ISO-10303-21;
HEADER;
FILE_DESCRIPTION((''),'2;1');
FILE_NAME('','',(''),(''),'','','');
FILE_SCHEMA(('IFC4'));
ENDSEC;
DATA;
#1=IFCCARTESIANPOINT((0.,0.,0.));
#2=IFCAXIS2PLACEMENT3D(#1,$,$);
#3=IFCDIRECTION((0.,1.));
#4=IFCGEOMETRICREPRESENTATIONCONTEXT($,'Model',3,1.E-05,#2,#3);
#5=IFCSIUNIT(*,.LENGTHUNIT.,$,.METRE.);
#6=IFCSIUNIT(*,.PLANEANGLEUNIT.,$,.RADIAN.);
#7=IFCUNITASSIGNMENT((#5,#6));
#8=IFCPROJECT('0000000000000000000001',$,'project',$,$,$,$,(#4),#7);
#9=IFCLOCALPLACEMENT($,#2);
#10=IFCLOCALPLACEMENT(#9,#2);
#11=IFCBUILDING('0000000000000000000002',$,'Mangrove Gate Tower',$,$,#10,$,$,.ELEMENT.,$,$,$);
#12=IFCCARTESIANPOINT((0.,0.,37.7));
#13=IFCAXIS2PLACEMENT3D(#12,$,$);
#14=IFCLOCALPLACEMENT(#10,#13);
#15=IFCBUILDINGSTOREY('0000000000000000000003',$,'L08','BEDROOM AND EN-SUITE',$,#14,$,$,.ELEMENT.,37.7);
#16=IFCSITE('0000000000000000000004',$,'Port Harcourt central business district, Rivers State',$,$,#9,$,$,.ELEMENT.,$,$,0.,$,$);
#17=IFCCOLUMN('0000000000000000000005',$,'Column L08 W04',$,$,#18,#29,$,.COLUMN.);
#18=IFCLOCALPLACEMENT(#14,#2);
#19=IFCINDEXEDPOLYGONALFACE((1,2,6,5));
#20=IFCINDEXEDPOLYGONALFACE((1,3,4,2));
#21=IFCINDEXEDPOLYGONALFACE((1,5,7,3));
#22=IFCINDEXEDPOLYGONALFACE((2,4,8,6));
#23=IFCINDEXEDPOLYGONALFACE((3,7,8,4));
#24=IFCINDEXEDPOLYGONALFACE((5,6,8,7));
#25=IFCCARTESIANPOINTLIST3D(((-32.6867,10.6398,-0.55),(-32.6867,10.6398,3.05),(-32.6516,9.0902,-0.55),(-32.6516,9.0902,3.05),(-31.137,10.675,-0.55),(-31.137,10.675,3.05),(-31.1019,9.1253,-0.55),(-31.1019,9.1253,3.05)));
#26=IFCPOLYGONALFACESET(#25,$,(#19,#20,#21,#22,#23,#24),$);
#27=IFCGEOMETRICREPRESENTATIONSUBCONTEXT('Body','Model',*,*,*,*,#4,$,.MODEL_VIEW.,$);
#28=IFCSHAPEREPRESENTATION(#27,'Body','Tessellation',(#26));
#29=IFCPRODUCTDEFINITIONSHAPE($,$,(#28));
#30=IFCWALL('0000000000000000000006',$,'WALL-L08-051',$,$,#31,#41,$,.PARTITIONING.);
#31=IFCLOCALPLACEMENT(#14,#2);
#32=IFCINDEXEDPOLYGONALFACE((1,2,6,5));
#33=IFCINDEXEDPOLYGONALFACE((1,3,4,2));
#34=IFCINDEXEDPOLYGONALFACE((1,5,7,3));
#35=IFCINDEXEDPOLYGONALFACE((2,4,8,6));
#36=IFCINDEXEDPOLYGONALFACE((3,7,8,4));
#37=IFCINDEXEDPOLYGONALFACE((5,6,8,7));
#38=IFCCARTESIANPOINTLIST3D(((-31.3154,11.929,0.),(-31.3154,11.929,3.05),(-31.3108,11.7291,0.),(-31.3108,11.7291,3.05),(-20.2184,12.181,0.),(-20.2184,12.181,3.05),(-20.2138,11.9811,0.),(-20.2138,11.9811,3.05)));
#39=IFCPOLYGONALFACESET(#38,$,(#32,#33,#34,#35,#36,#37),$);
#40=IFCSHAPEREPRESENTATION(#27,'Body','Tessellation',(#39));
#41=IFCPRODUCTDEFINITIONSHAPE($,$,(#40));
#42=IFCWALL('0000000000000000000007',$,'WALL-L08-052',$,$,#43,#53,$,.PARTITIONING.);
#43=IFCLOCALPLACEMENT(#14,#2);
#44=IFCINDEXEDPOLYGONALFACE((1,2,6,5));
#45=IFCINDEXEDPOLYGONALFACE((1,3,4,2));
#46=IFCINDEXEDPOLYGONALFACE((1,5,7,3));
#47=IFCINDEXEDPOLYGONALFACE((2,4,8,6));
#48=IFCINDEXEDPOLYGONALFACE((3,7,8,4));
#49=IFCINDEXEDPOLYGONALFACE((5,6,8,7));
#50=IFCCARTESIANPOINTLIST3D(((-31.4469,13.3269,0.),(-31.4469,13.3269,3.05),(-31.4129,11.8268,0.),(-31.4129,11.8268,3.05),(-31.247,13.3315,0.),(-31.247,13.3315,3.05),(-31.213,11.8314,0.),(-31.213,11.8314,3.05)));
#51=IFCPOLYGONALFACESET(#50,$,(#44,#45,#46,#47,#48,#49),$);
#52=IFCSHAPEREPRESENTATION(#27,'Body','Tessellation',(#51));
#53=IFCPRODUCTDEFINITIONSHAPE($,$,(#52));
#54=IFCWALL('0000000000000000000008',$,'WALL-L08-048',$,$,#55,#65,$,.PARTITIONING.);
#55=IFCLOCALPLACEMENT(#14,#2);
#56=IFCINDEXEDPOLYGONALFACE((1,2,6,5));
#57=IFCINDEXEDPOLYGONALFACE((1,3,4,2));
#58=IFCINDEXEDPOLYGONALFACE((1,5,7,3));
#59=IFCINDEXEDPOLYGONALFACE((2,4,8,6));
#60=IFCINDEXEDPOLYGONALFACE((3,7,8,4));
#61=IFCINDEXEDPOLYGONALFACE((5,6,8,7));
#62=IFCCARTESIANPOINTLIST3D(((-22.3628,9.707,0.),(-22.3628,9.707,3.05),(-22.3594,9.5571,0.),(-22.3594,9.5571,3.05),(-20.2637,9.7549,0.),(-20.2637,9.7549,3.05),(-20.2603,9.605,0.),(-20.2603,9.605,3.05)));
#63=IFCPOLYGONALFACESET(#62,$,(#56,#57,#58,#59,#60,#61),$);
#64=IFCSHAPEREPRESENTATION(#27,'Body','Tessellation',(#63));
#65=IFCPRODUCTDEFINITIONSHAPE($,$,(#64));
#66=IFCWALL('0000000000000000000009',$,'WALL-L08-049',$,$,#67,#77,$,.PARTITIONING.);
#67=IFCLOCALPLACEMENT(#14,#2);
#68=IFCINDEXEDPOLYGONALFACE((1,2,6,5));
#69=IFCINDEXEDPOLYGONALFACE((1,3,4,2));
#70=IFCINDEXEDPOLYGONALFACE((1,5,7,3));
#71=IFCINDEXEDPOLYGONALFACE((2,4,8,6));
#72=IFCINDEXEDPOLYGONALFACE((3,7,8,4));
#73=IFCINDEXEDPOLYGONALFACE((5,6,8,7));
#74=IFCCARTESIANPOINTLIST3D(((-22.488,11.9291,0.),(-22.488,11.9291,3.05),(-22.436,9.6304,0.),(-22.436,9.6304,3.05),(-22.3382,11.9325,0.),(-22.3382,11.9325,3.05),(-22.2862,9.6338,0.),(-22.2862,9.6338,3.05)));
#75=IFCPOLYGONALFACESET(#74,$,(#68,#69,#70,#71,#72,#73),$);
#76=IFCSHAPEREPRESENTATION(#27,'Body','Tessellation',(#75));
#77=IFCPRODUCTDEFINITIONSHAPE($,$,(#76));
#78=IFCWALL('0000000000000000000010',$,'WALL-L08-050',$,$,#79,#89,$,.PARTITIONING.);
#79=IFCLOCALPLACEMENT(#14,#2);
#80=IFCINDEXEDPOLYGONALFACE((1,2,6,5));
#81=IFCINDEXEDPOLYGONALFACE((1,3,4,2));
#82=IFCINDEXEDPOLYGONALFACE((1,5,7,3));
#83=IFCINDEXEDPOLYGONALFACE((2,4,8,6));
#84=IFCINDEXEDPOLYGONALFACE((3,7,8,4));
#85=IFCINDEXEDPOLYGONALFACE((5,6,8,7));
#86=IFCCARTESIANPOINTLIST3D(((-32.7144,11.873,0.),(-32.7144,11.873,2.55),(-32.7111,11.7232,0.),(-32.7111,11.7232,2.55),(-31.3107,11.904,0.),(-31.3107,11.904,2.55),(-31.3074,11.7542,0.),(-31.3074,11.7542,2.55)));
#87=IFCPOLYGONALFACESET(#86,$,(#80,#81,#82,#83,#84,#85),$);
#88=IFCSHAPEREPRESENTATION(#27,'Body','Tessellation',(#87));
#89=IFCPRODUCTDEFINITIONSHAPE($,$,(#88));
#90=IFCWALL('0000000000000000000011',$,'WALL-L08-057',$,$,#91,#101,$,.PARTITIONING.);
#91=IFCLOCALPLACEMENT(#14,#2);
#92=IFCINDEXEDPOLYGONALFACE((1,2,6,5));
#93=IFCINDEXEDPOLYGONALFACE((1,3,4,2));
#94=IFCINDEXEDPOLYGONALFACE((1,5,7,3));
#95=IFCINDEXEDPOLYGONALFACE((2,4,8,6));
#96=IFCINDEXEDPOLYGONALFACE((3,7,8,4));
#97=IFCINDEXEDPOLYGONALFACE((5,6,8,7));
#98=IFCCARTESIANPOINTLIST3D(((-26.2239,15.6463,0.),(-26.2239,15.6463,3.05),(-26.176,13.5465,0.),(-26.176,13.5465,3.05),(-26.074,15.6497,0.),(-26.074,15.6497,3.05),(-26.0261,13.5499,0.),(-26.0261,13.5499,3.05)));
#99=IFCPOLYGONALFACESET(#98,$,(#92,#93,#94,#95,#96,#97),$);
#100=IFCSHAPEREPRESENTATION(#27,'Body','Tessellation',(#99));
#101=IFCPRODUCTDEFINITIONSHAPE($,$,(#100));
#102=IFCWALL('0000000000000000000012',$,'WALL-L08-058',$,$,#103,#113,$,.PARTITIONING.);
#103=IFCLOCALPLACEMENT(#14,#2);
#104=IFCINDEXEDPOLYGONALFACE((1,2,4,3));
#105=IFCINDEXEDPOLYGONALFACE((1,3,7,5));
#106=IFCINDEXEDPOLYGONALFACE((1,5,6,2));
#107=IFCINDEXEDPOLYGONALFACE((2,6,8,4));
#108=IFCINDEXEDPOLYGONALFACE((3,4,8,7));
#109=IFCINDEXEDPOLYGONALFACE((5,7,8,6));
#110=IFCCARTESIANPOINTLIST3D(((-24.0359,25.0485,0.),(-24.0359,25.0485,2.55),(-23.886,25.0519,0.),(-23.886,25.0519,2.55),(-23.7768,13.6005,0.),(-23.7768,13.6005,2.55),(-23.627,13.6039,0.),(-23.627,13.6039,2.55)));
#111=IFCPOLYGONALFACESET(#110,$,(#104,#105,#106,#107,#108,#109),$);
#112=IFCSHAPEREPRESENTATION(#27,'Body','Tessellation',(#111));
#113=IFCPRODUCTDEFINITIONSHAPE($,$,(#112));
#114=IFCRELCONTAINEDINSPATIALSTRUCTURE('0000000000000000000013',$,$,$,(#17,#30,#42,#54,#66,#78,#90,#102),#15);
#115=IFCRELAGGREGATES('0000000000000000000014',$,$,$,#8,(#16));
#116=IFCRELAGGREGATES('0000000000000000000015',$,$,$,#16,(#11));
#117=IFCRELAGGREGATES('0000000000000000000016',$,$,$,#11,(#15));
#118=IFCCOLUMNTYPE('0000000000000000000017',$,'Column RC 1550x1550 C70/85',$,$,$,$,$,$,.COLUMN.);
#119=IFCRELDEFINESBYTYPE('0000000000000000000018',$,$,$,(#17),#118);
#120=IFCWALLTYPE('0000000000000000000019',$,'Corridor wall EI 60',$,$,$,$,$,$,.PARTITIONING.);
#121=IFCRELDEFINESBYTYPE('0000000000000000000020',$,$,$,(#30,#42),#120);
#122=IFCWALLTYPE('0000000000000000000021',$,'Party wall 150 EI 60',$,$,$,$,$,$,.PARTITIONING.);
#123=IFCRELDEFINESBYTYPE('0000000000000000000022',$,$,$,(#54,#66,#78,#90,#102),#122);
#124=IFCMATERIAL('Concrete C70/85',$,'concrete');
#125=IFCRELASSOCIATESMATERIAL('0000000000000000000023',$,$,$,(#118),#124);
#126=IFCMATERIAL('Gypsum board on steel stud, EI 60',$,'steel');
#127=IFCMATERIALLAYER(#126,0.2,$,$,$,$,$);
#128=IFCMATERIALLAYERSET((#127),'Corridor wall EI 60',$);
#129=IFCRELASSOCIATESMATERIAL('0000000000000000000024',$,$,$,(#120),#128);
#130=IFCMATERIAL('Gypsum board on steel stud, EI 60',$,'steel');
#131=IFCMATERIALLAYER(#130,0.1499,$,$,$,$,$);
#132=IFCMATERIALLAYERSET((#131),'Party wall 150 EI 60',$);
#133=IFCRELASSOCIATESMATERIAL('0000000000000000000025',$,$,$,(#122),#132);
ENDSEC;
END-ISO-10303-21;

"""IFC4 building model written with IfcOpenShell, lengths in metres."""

from ifc_helpers import new_model, si_unit, direction, frame, frame_2d, origin, origin_2d, place, context, subcontext, project, spatial, rectangle, extrude, material, layer, layer_set, material_profile, profile_set, type_object, element, save


model = new_model("IFC4")

# Units and contexts
model_context = context("Model", 3, precision=1e-05, world=origin(), true_north=direction((0.0, 1.0)))
body_context = subcontext(model_context, "Body", "Model", "MODEL_VIEW")
ifc_project = project(units=[si_unit("LENGTHUNIT", "METRE"), si_unit("PLANEANGLEUNIT", "RADIAN")], contexts=[model_context])

# Site, building, storey
site_placement = place(None, origin())
site = spatial("IfcSite", under=ifc_project, at=site_placement, Name="Port Harcourt central business district, Rivers State", CompositionType="ELEMENT", RefElevation=0.0)
building_placement = place(site_placement, origin())
building = spatial("IfcBuilding", under=site, at=building_placement, Name="Mangrove Gate Tower", CompositionType="ELEMENT")
storey_placement = place(building_placement, frame((0.0, 0.0, 37.7)))
storey = spatial("IfcBuildingStorey", under=building, at=storey_placement, Name="L08", Description="BEDROOM AND EN-SUITE", CompositionType="ELEMENT", Elevation=37.7)

# Column
ifc_material_1 = material(Name="Concrete C70/85", Category="concrete")
ifc_material_profile = material_profile(ifc_material_1, rectangle(XDim=1.55, YDim=1.55, at=origin_2d()))
ifc_profile_set = profile_set([ifc_material_profile], Name="Concrete C70/85")
column_type = type_object("IfcColumnType", Name="Column RC 1550x1550 C70/85", PredefinedType="COLUMN", material=ifc_profile_set)
column_placement = place(storey_placement, frame((-31.8943, 9.8826, -0.55), z_axis=(0.0, 0.0, 1.0), x_axis=(0.022653, -0.999743, 0.0)))
element("IfcColumn", 1, at=column_placement, inside=storey, type_object=column_type, Name="Column L08 W04", PredefinedType="COLUMN", context=body_context, shape_type="SweptSolid", body=[
    extrude(rectangle(XDim=1.55, YDim=1.55, at=origin_2d()), origin(), (0.0, 0.0, 1.0), 3.6001),
])

# Walls
ifc_material_2 = material(Name="Gypsum board on steel stud, EI 60", Category="steel")
ifc_layer_1 = layer(ifc_material_2, 0.2)
ifc_layer_set_1 = layer_set([ifc_layer_1], Name="Corridor wall EI 60")
wall_type_1 = type_object("IfcWallType", Name="Corridor wall EI 60", PredefinedType="PARTITIONING", material=ifc_layer_set_1)
wall_1_placement = place(storey_placement, frame((-31.313, 11.8291, 0.0), z_axis=(0.0, 0.0, 1.0), x_axis=(0.999742, 0.022699, 0.0)))
element("IfcWall", 2, at=wall_1_placement, inside=storey, type_object=wall_type_1, Name="WALL-L08-051", PredefinedType="PARTITIONING", context=body_context, shape_type="SweptSolid", body=[
    extrude(rectangle(XDim=11.0999, YDim=0.2, at=frame_2d((5.5498, 0.0))), origin(), (0.0, 0.0, 1.0), 3.05),
])
wall_2_placement = place(storey_placement, frame((-31.313, 11.8291, 0.0), z_axis=(0.0, 0.0, 1.0), x_axis=(-0.022618, 0.999744, 0.0)))
element("IfcWall", 3, at=wall_2_placement, inside=storey, type_object=wall_type_1, Name="WALL-L08-052", PredefinedType="PARTITIONING", context=body_context, shape_type="SweptSolid", body=[
    extrude(rectangle(XDim=1.5005, YDim=0.2, at=frame_2d((0.7502, 0.0))), origin(), (0.0, 0.0, 1.0), 3.05),
])

# Walls
ifc_material_3 = material(Name="Gypsum board on steel stud, EI 60", Category="steel")
ifc_layer_2 = layer(ifc_material_3, 0.1499)
ifc_layer_set_2 = layer_set([ifc_layer_2], Name="Party wall 150 EI 60")
wall_type_2 = type_object("IfcWallType", Name="Party wall 150 EI 60", PredefinedType="PARTITIONING", material=ifc_layer_set_2)
wall_3_placement = place(storey_placement, frame((-22.3611, 9.6321, 0.0), z_axis=(0.0, 0.0, 1.0), x_axis=(0.99974, 0.02279, 0.0)))
element("IfcWall", 4, at=wall_3_placement, inside=storey, type_object=wall_type_2, Name="WALL-L08-048", PredefinedType="PARTITIONING", context=body_context, shape_type="SweptSolid", body=[
    extrude(rectangle(XDim=2.0996, YDim=0.1499, at=frame_2d((1.0498, 0.0))), origin(), (0.0, 0.0, 1.0), 3.05),
])
wall_4_placement = place(storey_placement, frame((-22.3611, 9.6321, 0.0), z_axis=(0.0, 0.0, 1.0), x_axis=(-0.022615, 0.999744, 0.0)))
element("IfcWall", 5, at=wall_4_placement, inside=storey, type_object=wall_type_2, Name="WALL-L08-049", PredefinedType="PARTITIONING", context=body_context, shape_type="SweptSolid", body=[
    extrude(rectangle(XDim=2.2993, YDim=0.1499, at=frame_2d((1.1497, 0.0))), origin(), (0.0, 0.0, 1.0), 3.05),
])
wall_5_placement = place(storey_placement, frame((-32.7129, 11.7981, 0.0), z_axis=(0.0, 0.0, 1.0), x_axis=(0.999756, 0.022082, 0.0)))
element("IfcWall", 6, at=wall_5_placement, inside=storey, type_object=wall_type_2, Name="WALL-L08-050", PredefinedType="PARTITIONING", context=body_context, shape_type="SweptSolid", body=[
    extrude(rectangle(XDim=1.4041, YDim=0.1499, at=frame_2d((0.7021, 0.0))), origin(), (0.0, 0.0, 1.0), 2.55),
])
wall_6_placement = place(storey_placement, frame((-26.1011, 13.5481, 0.0), z_axis=(0.0, 0.0, 1.0), x_axis=(-0.022782, 0.99974, 0.0)))
element("IfcWall", 7, at=wall_6_placement, inside=storey, type_object=wall_type_2, Name="WALL-L08-057", PredefinedType="PARTITIONING", context=body_context, shape_type="SweptSolid", body=[
    extrude(rectangle(XDim=2.1003, YDim=0.1499, at=frame_2d((1.0503, 0.0))), origin(), (0.0, 0.0, 1.0), 3.05),
])
wall_7_placement = place(storey_placement, frame((-23.7019, 13.6021, 0.0), z_axis=(0.0, 0.0, 1.0), x_axis=(-0.022621, 0.999744, 0.0)))
element("IfcWall", 8, at=wall_7_placement, inside=storey, type_object=wall_type_2, Name="WALL-L08-058", PredefinedType="PARTITIONING", context=body_context, shape_type="SweptSolid", body=[
    extrude(rectangle(XDim=11.4509, YDim=0.1499, at=frame_2d((5.7256, 0.0))), origin(), (0.0, 0.0, 1.0), 2.55),
])

save(model, "model.ifc")
